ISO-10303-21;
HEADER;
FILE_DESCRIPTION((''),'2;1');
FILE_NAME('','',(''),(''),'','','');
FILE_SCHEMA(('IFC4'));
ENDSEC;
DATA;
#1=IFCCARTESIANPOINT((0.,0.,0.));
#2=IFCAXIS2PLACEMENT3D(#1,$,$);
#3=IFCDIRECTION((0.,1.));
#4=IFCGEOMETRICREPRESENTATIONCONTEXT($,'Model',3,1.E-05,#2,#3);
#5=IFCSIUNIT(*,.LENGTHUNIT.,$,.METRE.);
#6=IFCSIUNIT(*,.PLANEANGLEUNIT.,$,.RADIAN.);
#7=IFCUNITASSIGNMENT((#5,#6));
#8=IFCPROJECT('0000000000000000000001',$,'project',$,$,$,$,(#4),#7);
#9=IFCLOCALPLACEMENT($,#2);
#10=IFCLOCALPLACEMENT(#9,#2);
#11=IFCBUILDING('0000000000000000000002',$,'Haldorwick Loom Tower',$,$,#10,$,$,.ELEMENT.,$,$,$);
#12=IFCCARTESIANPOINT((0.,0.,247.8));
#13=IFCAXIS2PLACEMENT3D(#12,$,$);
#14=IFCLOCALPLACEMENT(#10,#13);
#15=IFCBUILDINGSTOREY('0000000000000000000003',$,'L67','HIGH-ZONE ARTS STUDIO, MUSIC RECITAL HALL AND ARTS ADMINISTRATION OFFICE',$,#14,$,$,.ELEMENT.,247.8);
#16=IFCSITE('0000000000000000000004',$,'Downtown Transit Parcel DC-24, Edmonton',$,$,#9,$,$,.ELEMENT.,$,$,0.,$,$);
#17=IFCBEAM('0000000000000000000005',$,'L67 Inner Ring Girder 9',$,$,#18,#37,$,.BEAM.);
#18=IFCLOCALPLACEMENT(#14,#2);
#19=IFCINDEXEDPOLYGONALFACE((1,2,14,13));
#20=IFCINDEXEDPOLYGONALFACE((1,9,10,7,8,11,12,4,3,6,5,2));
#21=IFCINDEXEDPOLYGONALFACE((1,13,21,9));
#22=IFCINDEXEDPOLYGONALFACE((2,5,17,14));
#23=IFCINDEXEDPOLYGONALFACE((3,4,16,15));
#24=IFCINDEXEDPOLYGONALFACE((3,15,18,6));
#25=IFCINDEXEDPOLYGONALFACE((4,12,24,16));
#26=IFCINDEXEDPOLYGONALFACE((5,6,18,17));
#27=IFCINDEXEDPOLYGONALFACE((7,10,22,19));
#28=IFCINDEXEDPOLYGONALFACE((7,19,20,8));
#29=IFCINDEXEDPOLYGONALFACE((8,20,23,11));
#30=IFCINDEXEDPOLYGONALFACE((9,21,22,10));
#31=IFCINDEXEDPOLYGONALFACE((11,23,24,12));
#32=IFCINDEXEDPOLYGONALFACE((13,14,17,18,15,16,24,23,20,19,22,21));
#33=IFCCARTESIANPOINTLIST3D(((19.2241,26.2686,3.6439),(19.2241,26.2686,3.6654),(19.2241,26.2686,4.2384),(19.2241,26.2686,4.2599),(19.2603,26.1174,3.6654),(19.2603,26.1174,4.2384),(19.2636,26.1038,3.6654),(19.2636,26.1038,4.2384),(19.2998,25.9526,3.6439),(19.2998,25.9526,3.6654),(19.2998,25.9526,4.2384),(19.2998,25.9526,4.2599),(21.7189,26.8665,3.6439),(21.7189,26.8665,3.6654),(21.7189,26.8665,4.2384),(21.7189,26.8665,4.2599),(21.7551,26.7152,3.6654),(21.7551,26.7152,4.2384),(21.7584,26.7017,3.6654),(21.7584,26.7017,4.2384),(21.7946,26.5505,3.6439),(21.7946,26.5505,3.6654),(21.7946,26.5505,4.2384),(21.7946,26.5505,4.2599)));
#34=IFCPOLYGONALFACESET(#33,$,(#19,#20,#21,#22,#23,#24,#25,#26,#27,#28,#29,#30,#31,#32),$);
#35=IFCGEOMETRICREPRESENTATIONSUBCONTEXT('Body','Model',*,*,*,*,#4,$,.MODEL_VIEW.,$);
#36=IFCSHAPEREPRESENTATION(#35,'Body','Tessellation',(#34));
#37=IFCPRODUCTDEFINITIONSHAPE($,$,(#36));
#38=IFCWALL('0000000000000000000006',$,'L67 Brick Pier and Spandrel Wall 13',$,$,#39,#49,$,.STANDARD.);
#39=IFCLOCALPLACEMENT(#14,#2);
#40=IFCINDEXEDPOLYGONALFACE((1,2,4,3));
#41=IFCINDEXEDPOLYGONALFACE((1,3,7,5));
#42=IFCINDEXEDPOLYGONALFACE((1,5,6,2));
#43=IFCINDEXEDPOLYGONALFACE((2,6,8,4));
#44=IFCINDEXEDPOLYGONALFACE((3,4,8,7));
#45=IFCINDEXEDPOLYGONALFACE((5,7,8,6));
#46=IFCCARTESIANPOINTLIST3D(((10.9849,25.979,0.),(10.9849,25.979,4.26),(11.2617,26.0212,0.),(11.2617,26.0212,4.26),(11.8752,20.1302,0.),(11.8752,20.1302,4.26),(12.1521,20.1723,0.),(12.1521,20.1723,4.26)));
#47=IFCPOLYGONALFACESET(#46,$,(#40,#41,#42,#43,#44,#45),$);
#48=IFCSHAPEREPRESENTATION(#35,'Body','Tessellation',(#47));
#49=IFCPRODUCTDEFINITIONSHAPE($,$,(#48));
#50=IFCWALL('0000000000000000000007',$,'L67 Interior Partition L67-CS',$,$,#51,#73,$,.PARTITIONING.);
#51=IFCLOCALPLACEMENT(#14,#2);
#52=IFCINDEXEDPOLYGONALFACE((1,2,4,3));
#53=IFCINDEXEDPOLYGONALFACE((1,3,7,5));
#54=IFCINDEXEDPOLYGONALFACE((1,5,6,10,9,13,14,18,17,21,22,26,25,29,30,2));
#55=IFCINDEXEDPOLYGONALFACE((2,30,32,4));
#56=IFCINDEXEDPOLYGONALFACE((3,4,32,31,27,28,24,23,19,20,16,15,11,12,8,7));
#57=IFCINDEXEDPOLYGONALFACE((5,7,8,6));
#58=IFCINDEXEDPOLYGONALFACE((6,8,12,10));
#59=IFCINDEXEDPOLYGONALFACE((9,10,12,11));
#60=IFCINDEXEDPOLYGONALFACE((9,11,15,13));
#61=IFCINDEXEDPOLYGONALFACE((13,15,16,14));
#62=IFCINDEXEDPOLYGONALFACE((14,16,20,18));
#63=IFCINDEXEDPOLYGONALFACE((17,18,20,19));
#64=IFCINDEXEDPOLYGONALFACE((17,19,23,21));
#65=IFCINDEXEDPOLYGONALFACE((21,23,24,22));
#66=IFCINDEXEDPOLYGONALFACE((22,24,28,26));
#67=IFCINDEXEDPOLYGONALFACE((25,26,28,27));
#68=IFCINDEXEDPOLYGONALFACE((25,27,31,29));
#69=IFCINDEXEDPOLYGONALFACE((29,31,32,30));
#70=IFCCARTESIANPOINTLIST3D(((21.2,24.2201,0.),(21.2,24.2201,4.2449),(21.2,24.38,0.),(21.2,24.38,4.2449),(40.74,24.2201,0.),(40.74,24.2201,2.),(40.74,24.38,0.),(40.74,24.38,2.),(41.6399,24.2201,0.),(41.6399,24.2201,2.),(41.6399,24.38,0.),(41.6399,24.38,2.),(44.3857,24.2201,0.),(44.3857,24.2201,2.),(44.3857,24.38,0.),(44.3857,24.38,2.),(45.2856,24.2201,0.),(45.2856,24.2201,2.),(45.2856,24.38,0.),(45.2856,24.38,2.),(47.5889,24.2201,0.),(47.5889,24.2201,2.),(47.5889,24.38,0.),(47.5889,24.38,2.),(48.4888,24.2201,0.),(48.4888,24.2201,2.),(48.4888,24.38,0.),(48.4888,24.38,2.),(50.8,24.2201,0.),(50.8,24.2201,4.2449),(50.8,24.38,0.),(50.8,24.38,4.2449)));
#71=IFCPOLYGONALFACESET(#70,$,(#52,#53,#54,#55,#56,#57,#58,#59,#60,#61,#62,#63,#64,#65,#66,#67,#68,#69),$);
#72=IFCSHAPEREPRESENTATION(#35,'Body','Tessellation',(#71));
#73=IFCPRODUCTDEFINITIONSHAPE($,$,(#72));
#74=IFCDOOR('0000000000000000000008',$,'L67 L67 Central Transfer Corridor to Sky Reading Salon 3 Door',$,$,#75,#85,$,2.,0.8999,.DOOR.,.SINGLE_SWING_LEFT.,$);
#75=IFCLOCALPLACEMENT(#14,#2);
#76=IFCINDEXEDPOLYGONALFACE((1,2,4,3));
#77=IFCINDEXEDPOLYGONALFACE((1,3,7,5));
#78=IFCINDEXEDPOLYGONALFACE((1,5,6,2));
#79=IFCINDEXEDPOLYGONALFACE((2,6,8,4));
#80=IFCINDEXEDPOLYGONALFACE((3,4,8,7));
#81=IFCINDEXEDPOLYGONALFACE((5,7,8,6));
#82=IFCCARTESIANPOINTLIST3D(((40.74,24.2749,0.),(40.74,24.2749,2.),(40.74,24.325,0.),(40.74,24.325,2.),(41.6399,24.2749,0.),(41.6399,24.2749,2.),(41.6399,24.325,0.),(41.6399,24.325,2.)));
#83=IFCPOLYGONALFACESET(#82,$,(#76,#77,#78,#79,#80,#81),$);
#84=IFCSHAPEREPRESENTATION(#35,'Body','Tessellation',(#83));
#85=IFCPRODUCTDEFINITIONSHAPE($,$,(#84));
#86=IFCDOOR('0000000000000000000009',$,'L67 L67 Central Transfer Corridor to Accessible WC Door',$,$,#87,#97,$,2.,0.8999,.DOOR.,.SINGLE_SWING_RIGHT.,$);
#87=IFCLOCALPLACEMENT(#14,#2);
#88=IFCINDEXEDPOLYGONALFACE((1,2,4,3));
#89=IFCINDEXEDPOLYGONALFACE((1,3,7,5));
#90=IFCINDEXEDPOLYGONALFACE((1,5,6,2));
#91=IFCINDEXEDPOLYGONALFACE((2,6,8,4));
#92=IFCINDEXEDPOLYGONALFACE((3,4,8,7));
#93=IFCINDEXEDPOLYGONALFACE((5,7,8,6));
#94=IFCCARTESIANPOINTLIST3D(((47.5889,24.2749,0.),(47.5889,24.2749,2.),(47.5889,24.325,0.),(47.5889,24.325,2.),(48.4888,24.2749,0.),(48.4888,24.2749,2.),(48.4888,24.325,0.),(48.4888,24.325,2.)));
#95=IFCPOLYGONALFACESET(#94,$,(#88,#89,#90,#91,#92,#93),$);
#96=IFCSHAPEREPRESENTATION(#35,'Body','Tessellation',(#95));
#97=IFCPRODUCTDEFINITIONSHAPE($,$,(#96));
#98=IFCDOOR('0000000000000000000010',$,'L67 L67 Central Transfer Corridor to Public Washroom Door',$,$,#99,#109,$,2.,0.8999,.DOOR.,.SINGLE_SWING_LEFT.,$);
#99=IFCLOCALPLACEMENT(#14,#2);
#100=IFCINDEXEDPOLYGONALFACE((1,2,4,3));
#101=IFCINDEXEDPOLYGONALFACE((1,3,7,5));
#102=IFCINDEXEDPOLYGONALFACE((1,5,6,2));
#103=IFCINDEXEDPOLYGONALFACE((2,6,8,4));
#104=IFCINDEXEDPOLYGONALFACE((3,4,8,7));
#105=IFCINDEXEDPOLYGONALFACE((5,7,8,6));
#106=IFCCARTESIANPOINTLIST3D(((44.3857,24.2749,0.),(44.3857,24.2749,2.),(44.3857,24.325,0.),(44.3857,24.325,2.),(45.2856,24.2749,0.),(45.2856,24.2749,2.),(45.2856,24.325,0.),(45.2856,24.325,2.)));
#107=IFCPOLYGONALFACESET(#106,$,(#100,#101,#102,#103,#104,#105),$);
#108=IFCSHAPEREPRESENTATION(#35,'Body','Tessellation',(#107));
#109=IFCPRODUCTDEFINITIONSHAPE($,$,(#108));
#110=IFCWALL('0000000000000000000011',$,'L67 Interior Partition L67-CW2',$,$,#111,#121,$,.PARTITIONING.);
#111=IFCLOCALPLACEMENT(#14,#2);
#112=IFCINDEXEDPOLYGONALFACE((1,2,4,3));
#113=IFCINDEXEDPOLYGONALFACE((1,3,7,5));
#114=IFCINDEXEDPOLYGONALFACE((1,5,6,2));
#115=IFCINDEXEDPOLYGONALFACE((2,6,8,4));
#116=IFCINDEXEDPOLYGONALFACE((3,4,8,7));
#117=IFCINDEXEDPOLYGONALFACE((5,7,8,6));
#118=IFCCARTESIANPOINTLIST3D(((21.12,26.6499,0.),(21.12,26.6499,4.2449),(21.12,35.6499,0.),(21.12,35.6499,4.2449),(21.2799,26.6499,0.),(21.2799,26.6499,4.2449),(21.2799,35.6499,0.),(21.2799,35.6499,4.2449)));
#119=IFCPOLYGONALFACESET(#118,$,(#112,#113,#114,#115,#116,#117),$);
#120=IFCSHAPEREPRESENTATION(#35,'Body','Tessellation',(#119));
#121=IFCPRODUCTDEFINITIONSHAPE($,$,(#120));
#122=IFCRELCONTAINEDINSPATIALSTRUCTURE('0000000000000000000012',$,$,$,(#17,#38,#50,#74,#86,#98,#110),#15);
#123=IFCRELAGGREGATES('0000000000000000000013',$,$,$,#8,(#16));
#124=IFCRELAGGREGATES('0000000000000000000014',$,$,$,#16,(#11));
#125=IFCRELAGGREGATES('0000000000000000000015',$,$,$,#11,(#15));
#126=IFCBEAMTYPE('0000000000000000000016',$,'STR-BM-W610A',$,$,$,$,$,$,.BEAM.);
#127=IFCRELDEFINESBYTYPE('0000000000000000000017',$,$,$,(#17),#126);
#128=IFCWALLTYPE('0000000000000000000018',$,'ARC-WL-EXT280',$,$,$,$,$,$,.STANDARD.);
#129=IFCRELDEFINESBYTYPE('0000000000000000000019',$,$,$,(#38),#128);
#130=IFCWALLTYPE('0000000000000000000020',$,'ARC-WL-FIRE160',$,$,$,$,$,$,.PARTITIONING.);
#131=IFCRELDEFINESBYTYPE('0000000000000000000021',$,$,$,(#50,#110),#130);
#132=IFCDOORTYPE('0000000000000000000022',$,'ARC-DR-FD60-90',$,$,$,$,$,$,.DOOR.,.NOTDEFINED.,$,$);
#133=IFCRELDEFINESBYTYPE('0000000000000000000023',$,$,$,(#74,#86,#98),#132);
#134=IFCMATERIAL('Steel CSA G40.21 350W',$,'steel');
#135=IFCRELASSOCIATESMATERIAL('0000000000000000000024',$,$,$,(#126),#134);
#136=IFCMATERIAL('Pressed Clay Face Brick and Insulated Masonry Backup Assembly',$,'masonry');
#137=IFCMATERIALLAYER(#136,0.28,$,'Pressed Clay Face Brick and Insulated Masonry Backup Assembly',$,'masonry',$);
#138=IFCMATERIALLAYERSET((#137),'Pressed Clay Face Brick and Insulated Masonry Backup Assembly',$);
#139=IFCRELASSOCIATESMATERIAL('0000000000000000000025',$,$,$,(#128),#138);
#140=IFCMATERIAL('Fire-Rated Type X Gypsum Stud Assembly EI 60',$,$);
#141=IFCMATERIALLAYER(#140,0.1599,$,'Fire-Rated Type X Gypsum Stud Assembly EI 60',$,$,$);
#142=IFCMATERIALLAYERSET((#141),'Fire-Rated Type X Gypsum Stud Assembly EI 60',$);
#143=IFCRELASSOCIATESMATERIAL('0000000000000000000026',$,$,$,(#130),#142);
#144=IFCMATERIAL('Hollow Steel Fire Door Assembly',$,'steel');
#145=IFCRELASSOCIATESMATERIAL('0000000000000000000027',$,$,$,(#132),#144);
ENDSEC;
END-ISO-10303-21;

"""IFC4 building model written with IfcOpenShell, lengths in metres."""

from ifc_helpers import new_model, si_unit, direction, frame, frame_2d, origin, origin_2d, place, context, subcontext, project, spatial, rectangle, i_section, extrude, material, layer, layer_set, material_profile, profile_set, type_object, element, fill, save


model = new_model("IFC4")

# Units and contexts
model_context = context("Model", 3, precision=1e-05, world=origin(), true_north=direction((0.0, 1.0)))
body_context = subcontext(model_context, "Body", "Model", "MODEL_VIEW")
ifc_project = project(units=[si_unit("LENGTHUNIT", "METRE"), si_unit("PLANEANGLEUNIT", "RADIAN")], contexts=[model_context])

# Site, building, storey
site_placement = place(None, origin())
site = spatial("IfcSite", under=ifc_project, at=site_placement, Name="Downtown Transit Parcel DC-24, Edmonton", CompositionType="ELEMENT", RefElevation=0.0)
building_placement = place(site_placement, origin())
building = spatial("IfcBuilding", under=site, at=building_placement, Name="Haldorwick Loom Tower", CompositionType="ELEMENT")
storey_placement = place(building_placement, frame((0.0, 0.0, 247.8)))
storey = spatial("IfcBuildingStorey", under=building, at=storey_placement, Name="L67", Description="HIGH-ZONE ARTS STUDIO, MUSIC RECITAL HALL AND ARTS ADMINISTRATION OFFICE", CompositionType="ELEMENT", Elevation=247.8)

# Beam
ifc_material_1 = material(Name="Steel CSA G40.21 350W", Category="steel")
ifc_material_profile_1 = material_profile(ifc_material_1, i_section(OverallWidth=0.325, OverallDepth=0.616, WebThickness=0.0139, FlangeThickness=0.0215, at=origin_2d()), Name="W610X174", Category="steel")
ifc_profile_set_1 = profile_set([ifc_material_profile_1], Name="Steel CSA G40.21 350W")
beam_type_1 = type_object("IfcBeamType", Name="STR-BM-W610A", PredefinedType="BEAM", material=ifc_profile_set_1)
beam_1_placement = place(storey_placement, frame((19.262, 26.1106, 3.9519), z_axis=(0.972464, 0.233053, 0.0), x_axis=(-0.233053, 0.972464, 0.0)))
element("IfcBeam", 1, at=beam_1_placement, inside=storey, type_object=beam_type_1, Name="L67 Inner Ring Girder 9", PredefinedType="BEAM", context=body_context, shape_type="SweptSolid", body=[
    extrude(i_section(OverallWidth=0.325, OverallDepth=0.616, WebThickness=0.0139, FlangeThickness=0.0215, at=origin_2d()), origin(), (0.0, 0.0, 1.0), 2.5654),
])

# Wall
ifc_material_2 = material(Name="Pressed Clay Face Brick and Insulated Masonry Backup Assembly", Category="masonry")
ifc_layer_1 = layer(ifc_material_2, 0.28, Name="Pressed Clay Face Brick and Insulated Masonry Backup Assembly", Category="masonry")
ifc_layer_set_1 = layer_set([ifc_layer_1], Name="Pressed Clay Face Brick and Insulated Masonry Backup Assembly")
wall_type_1 = type_object("IfcWallType", Name="ARC-WL-EXT280", PredefinedType="STANDARD", material=ifc_layer_set_1)
wall_1_placement = place(storey_placement, frame((11.1233, 26.0, 0.0), z_axis=(0.0, 0.0, 1.0), x_axis=(0.150497, -0.98861, 0.0)))
element("IfcWall", 2, at=wall_1_placement, inside=storey, type_object=wall_type_1, Name="L67 Brick Pier and Spandrel Wall 13", PredefinedType="STANDARD", context=body_context, shape_type="SweptSolid", body=[
    extrude(rectangle(XDim=5.9163, YDim=0.28, at=frame_2d((2.958, 0.0))), origin(), (0.0, 0.0, 1.0), 4.26),
])

# Wall, openings, doors
ifc_material_3 = material(Name="Fire-Rated Type X Gypsum Stud Assembly EI 60")
ifc_layer_2 = layer(ifc_material_3, 0.1599, Name="Fire-Rated Type X Gypsum Stud Assembly EI 60")
ifc_layer_set_2 = layer_set([ifc_layer_2], Name="Fire-Rated Type X Gypsum Stud Assembly EI 60")
wall_type_2 = type_object("IfcWallType", Name="ARC-WL-FIRE160", PredefinedType="PARTITIONING", material=ifc_layer_set_2)
wall_2_placement = place(storey_placement, frame((21.2, 24.3, 0.0), z_axis=(0.0, 0.0, 1.0), x_axis=(1.0, 0.0, 0.0)))
wall_2 = element("IfcWall", 3, at=wall_2_placement, inside=storey, type_object=wall_type_2, Name="L67 Interior Partition L67-CS", PredefinedType="PARTITIONING", context=body_context, shape_type="SweptSolid", body=[
    extrude(rectangle(XDim=29.6001, YDim=0.1599, at=frame_2d((14.8, 0.0))), origin(), (0.0, 0.0, 1.0), 4.2449),
])
opening_1_placement = place(wall_2_placement, frame((19.54, 0.0, 0.0)))
opening_1 = element("IfcOpeningElement", 4, at=opening_1_placement, cuts=wall_2, PredefinedType="OPENING", context=body_context, shape_type="SweptSolid", body=[
    extrude(rectangle(XDim=0.8999, YDim=2.0, at=frame_2d((0.45, 1.0))), frame((0.0, 0.0898, 0.0), z_axis=(0.0, -1.0, 0.0), x_axis=(1.0, 0.0, 0.0)), (0.0, 0.0, 1.0), 0.1799),
])
opening_2_placement = place(wall_2_placement, frame((26.3889, 0.0, 0.0)))
opening_2 = element("IfcOpeningElement", 5, at=opening_2_placement, cuts=wall_2, PredefinedType="OPENING", context=body_context, shape_type="SweptSolid", body=[
    extrude(rectangle(XDim=0.8999, YDim=2.0, at=frame_2d((0.45, 1.0))), frame((0.0, 0.0898, 0.0), z_axis=(0.0, -1.0, 0.0), x_axis=(1.0, 0.0, 0.0)), (0.0, 0.0, 1.0), 0.1799),
])
opening_3_placement = place(wall_2_placement, frame((23.1858, 0.0, 0.0)))
opening_3 = element("IfcOpeningElement", 6, at=opening_3_placement, cuts=wall_2, PredefinedType="OPENING", context=body_context, shape_type="SweptSolid", body=[
    extrude(rectangle(XDim=0.8999, YDim=2.0, at=frame_2d((0.45, 1.0))), frame((0.0, 0.0898, 0.0), z_axis=(0.0, -1.0, 0.0), x_axis=(1.0, 0.0, 0.0)), (0.0, 0.0, 1.0), 0.1799),
])
ifc_material_4 = material(Name="Hollow Steel Fire Door Assembly", Category="steel")
door_type_1 = type_object("IfcDoorType", Name="ARC-DR-FD60-90", OperationType="NOTDEFINED", PredefinedType="DOOR", material=ifc_material_4)
door_1_placement = place(opening_1_placement, origin())
door_1 = element("IfcDoor", 7, at=door_1_placement, inside=storey, type_object=door_type_1, Name="L67 L67 Central Transfer Corridor to Sky Reading Salon 3 Door", OperationType="SINGLE_SWING_LEFT", OverallHeight=2.0, OverallWidth=0.8999, PredefinedType="DOOR", context=body_context, shape_type="SweptSolid", body=[
    extrude(rectangle(XDim=0.8999, YDim=2.0, at=frame_2d((0.45, 1.0))), frame((0.0, 0.0249, 0.0), z_axis=(0.0, -1.0, 0.0), x_axis=(1.0, 0.0, 0.0)), (0.0, 0.0, 1.0), 0.05),
])
fill(opening_1, door_1)
door_2_placement = place(opening_2_placement, origin())
door_2 = element("IfcDoor", 8, at=door_2_placement, inside=storey, type_object=door_type_1, Name="L67 L67 Central Transfer Corridor to Accessible WC Door", OperationType="SINGLE_SWING_RIGHT", OverallHeight=2.0, OverallWidth=0.8999, PredefinedType="DOOR", context=body_context, shape_type="SweptSolid", body=[
    extrude(rectangle(XDim=0.8999, YDim=2.0, at=frame_2d((0.45, 1.0))), frame((0.0, 0.0249, 0.0), z_axis=(0.0, -1.0, 0.0), x_axis=(1.0, 0.0, 0.0)), (0.0, 0.0, 1.0), 0.05),
])
fill(opening_2, door_2)
door_3_placement = place(opening_3_placement, origin())
door_3 = element("IfcDoor", 9, at=door_3_placement, inside=storey, type_object=door_type_1, Name="L67 L67 Central Transfer Corridor to Public Washroom Door", OperationType="SINGLE_SWING_LEFT", OverallHeight=2.0, OverallWidth=0.8999, PredefinedType="DOOR", context=body_context, shape_type="SweptSolid", body=[
    extrude(rectangle(XDim=0.8999, YDim=2.0, at=frame_2d((0.45, 1.0))), frame((0.0, 0.0249, 0.0), z_axis=(0.0, -1.0, 0.0), x_axis=(1.0, 0.0, 0.0)), (0.0, 0.0, 1.0), 0.05),
])
fill(opening_3, door_3)

# Wall
wall_3_placement = place(storey_placement, frame((21.2, 26.6499, 0.0), z_axis=(0.0, 0.0, 1.0), x_axis=(0.0, 1.0, 0.0)))
element("IfcWall", 10, at=wall_3_placement, inside=storey, type_object=wall_type_2, Name="L67 Interior Partition L67-CW2", PredefinedType="PARTITIONING", context=body_context, shape_type="SweptSolid", body=[
    extrude(rectangle(XDim=9.0, YDim=0.1599, at=frame_2d((4.5, 0.0))), origin(), (0.0, 0.0, 1.0), 4.2449),
])

save(model, "model.ifc")
